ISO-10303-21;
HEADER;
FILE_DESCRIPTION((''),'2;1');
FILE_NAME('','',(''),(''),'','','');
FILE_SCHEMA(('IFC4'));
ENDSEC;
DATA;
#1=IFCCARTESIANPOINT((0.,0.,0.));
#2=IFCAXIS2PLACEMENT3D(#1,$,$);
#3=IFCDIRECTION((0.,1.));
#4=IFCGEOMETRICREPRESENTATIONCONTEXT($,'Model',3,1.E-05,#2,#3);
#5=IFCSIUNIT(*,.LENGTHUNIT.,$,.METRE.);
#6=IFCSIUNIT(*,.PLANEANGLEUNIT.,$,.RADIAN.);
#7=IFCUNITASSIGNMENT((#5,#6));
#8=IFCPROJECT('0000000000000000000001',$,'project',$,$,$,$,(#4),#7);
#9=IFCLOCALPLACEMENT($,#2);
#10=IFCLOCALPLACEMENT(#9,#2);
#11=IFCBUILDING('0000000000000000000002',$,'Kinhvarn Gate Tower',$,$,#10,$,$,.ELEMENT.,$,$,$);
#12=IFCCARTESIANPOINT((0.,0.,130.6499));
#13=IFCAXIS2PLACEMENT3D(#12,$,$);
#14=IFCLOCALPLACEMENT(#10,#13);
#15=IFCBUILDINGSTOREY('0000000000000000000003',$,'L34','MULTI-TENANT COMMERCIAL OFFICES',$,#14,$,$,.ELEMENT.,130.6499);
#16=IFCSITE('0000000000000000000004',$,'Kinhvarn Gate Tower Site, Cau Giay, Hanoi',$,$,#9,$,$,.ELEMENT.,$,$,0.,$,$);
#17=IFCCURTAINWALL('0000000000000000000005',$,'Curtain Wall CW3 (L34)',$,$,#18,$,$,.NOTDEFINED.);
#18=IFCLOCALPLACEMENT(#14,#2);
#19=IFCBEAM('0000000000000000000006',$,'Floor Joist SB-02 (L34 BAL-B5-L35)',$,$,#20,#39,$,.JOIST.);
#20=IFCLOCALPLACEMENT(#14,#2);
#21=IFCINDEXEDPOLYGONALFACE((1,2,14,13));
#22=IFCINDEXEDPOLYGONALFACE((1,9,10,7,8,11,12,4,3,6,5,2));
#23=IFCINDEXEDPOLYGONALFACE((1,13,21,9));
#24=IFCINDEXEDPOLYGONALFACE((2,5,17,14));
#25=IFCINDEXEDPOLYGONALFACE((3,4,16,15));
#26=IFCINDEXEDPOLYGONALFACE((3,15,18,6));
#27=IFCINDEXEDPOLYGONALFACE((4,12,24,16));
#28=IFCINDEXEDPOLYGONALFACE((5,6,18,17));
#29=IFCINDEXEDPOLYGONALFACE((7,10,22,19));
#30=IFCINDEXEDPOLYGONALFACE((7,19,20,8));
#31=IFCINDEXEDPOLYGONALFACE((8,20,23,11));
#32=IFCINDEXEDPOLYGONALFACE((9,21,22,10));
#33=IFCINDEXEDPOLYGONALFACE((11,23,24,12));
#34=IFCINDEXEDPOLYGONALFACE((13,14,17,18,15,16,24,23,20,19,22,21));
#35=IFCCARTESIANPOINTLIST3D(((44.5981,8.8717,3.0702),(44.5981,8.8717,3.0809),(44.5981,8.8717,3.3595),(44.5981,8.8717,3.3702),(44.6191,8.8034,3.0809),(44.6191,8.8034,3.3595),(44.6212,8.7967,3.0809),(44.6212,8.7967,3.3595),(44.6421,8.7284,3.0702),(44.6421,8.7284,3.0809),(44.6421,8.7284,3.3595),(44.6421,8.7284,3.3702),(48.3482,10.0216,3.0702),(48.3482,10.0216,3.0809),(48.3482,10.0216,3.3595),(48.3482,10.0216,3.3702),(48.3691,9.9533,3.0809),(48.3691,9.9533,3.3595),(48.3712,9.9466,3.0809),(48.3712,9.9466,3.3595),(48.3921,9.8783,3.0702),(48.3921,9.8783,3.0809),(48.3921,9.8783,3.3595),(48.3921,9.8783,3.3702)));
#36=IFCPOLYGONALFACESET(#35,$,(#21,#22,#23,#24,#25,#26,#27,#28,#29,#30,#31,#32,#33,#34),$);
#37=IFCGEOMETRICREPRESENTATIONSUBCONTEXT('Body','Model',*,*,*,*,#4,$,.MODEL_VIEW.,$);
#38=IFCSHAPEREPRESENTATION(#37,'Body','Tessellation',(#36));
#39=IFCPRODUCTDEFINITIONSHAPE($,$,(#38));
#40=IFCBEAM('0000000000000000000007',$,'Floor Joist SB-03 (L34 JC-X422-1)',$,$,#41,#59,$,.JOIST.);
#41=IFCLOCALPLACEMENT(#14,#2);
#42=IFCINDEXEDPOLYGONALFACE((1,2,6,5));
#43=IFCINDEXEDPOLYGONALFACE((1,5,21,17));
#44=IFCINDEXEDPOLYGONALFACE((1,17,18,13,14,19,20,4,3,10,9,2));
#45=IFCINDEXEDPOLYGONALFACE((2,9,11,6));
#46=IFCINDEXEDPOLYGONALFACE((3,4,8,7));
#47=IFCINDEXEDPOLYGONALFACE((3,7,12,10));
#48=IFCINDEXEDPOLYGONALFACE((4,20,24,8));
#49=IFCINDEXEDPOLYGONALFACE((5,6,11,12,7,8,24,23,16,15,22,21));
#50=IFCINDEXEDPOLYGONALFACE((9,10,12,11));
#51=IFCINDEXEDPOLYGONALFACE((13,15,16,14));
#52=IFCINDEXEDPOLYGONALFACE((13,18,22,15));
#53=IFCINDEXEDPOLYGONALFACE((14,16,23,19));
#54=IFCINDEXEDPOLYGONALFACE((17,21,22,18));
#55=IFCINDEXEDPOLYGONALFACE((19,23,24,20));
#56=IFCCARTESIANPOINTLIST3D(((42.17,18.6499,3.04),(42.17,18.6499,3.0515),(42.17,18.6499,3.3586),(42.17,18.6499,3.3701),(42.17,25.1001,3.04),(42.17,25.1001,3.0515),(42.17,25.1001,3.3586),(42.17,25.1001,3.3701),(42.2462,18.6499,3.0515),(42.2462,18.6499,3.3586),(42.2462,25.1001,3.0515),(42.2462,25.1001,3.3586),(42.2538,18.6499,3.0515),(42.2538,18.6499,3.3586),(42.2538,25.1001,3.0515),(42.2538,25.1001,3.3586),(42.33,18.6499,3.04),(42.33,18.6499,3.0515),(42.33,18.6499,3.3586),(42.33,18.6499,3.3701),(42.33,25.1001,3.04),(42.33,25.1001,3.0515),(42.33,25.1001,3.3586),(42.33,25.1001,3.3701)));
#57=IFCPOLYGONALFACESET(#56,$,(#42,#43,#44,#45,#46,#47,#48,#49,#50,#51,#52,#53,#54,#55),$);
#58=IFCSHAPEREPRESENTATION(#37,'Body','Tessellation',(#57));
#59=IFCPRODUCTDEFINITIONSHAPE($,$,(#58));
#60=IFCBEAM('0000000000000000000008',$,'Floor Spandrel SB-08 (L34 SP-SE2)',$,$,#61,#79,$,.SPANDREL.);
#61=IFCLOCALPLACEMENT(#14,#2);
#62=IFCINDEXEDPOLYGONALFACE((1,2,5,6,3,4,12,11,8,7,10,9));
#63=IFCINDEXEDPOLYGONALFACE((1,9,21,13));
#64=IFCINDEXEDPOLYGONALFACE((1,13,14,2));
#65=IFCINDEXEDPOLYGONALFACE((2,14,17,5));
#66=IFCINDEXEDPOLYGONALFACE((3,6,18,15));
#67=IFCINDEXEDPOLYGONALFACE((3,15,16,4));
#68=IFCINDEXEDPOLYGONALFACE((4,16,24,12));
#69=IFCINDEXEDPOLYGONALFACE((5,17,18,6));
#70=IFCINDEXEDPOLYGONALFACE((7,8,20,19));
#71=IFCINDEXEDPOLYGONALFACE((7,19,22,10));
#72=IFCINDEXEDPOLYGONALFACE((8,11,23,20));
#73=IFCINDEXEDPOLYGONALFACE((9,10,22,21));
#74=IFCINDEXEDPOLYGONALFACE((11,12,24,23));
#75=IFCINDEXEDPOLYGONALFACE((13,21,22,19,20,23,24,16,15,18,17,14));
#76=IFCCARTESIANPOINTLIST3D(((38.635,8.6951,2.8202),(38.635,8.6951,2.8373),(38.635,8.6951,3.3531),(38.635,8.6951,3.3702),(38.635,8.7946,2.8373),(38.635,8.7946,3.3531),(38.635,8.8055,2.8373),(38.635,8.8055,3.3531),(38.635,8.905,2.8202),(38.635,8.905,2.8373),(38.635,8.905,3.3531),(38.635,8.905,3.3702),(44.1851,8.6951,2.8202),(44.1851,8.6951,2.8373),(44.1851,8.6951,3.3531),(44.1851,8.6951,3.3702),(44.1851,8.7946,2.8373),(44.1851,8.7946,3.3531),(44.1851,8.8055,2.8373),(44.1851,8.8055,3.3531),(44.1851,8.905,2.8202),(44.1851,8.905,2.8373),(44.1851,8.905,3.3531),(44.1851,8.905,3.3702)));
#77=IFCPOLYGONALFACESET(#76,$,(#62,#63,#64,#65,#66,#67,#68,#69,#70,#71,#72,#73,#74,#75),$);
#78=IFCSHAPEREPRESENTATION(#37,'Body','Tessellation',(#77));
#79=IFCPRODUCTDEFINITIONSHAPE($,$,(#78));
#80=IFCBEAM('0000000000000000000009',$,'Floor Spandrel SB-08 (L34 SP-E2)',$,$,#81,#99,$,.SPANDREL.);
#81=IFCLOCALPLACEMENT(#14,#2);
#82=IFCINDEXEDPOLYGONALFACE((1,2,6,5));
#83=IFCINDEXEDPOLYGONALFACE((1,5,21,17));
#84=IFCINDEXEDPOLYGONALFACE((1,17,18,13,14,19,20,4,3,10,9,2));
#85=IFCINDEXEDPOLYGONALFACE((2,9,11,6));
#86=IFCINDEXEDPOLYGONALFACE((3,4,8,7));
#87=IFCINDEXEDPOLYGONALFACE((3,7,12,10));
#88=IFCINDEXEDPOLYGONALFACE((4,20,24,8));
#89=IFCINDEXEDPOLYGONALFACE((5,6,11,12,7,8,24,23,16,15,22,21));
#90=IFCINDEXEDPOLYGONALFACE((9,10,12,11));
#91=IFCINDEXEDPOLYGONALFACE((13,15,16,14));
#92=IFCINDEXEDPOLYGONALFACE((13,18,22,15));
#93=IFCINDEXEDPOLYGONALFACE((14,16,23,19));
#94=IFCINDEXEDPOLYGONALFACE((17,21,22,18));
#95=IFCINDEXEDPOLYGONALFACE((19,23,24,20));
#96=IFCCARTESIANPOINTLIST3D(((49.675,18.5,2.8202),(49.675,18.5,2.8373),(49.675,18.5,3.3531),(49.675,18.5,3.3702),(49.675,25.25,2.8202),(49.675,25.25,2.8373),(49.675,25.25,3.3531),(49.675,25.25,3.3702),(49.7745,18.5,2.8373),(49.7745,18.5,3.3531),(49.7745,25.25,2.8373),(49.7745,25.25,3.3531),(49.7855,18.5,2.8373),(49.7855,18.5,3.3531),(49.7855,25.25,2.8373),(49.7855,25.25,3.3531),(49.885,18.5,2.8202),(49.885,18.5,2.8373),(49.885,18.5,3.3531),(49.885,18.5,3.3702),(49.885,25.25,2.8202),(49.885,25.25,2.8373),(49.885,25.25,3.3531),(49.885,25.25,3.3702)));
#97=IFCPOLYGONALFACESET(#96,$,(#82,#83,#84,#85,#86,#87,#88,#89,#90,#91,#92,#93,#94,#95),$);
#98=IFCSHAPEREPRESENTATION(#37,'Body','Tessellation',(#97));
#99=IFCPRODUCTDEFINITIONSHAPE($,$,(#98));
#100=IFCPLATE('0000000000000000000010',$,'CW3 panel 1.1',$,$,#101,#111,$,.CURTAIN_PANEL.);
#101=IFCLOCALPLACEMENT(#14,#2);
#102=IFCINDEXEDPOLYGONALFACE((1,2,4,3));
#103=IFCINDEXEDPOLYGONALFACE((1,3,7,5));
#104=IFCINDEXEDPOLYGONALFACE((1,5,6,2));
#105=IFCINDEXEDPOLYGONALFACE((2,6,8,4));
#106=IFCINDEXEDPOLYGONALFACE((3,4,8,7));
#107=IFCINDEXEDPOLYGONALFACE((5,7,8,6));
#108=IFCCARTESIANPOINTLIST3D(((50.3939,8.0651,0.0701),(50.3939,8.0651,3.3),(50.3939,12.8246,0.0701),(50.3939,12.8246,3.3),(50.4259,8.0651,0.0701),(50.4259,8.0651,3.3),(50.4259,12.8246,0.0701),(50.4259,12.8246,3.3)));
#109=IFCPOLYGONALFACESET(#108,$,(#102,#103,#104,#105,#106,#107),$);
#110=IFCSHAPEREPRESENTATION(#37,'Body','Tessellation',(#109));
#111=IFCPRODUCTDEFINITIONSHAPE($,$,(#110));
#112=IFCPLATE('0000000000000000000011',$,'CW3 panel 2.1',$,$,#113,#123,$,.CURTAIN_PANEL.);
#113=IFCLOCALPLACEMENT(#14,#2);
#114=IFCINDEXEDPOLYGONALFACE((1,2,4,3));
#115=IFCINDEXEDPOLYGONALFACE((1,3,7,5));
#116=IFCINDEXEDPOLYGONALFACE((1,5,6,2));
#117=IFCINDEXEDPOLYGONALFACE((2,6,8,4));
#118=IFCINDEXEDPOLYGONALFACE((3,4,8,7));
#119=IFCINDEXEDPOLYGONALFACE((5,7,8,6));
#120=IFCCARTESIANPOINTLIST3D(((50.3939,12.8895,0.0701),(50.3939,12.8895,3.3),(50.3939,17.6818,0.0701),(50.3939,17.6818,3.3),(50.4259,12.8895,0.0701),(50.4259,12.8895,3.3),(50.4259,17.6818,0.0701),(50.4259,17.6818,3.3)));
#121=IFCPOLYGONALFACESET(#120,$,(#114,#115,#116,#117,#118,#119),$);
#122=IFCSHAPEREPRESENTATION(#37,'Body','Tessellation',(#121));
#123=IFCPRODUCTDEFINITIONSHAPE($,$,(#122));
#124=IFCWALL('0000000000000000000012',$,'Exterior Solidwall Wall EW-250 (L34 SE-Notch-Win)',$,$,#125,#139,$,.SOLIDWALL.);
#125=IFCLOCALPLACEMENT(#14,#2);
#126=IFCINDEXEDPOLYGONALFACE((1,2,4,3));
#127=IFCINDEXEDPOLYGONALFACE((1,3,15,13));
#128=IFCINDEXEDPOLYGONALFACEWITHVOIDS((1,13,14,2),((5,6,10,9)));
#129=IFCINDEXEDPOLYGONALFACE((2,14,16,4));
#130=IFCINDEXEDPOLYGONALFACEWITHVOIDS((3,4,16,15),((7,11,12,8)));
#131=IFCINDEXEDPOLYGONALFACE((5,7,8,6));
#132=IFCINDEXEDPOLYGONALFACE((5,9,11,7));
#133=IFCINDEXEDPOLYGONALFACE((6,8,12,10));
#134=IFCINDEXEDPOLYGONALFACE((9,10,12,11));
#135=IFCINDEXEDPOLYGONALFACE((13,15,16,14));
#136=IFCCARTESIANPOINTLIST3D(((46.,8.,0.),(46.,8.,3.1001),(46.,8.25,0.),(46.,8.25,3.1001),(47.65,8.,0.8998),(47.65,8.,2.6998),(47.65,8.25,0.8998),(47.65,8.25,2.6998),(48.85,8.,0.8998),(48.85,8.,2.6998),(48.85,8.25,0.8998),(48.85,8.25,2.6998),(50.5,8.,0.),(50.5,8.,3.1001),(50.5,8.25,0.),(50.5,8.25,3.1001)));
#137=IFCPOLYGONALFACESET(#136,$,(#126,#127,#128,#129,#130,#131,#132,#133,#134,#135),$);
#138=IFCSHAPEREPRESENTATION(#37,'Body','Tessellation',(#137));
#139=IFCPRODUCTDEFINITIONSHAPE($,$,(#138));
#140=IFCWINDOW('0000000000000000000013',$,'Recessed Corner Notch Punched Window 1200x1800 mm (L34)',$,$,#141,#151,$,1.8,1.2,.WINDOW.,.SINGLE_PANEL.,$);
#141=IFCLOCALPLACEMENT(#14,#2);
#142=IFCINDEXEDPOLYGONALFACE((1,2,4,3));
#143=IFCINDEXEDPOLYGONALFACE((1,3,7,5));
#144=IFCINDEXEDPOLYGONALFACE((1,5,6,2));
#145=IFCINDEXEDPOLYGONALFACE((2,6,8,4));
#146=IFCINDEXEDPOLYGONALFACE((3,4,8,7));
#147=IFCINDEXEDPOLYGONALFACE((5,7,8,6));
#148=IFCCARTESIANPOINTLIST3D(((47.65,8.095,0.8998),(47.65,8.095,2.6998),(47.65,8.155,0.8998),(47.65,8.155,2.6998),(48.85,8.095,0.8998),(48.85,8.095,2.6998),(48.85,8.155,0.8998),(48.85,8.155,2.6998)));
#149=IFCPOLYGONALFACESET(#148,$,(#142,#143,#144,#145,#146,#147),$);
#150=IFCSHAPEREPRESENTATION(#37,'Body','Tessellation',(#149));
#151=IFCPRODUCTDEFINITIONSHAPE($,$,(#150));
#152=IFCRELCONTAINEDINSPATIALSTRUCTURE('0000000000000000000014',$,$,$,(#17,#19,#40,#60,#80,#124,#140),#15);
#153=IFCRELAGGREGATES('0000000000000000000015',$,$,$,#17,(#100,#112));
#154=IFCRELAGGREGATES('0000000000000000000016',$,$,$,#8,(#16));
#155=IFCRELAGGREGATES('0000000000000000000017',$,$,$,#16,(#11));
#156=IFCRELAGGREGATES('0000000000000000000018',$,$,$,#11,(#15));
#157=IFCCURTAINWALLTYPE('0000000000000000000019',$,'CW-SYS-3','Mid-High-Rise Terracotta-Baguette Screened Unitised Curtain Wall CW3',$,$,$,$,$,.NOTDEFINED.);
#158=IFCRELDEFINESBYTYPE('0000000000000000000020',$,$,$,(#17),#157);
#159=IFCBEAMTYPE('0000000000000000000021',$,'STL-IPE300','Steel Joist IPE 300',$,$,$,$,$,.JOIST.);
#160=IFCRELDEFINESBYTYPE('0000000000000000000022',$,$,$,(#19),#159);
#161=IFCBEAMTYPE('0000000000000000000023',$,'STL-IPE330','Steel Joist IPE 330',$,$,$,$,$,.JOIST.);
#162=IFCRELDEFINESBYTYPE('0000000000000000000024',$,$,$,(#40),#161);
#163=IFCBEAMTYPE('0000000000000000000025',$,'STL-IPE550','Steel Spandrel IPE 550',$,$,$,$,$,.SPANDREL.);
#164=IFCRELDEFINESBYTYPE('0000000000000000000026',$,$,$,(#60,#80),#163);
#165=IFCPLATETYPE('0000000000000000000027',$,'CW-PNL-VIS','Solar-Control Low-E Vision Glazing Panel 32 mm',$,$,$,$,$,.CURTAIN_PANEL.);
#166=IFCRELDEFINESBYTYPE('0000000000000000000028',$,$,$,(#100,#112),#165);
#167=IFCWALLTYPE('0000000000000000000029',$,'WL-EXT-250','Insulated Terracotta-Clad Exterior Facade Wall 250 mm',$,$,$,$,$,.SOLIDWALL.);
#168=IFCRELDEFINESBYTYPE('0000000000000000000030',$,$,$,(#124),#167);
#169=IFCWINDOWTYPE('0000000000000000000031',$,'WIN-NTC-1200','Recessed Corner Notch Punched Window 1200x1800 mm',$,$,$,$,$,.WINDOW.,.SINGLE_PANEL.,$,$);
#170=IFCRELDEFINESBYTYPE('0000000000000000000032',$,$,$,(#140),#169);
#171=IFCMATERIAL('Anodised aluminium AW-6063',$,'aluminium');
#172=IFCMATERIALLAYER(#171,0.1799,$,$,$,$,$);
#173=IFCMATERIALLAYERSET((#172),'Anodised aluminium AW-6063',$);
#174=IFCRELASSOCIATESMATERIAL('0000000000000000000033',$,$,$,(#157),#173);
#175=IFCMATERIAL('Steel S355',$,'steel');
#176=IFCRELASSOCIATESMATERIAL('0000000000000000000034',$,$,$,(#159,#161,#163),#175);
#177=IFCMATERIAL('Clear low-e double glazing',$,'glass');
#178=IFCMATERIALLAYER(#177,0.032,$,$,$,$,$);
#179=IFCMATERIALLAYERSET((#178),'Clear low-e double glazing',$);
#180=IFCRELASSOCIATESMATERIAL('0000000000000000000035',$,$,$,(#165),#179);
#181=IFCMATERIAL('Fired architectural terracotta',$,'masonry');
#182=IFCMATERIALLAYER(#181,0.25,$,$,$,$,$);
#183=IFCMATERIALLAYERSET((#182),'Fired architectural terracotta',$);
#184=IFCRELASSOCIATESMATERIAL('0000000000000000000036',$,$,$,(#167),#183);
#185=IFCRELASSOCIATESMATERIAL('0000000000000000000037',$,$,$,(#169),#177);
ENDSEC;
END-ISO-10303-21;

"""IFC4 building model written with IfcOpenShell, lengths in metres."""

from ifc_helpers import new_model, si_unit, direction, frame, frame_2d, origin, origin_2d, place, context, subcontext, project, spatial, rectangle, i_section, extrude, material, layer, layer_set, material_profile, profile_set, type_object, element, fill, aggregate, save


model = new_model("IFC4")

# Units and contexts
model_context = context("Model", 3, precision=1e-05, world=origin(), true_north=direction((0.0, 1.0)))
body_context = subcontext(model_context, "Body", "Model", "MODEL_VIEW")
ifc_project = project(units=[si_unit("LENGTHUNIT", "METRE"), si_unit("PLANEANGLEUNIT", "RADIAN")], contexts=[model_context])

# Site, building, storey
site_placement = place(None, origin())
site = spatial("IfcSite", under=ifc_project, at=site_placement, Name="Kinhvarn Gate Tower Site, Cau Giay, Hanoi", CompositionType="ELEMENT", RefElevation=0.0)
building_placement = place(site_placement, origin())
building = spatial("IfcBuilding", under=site, at=building_placement, Name="Kinhvarn Gate Tower", CompositionType="ELEMENT")
storey_placement = place(building_placement, frame((0.0, 0.0, 130.6499)))
storey = spatial("IfcBuildingStorey", under=building, at=storey_placement, Name="L34", Description="MULTI-TENANT COMMERCIAL OFFICES", CompositionType="ELEMENT", Elevation=130.6499)

# Curtain wall
ifc_material_1 = material(Name="Anodised aluminium AW-6063", Category="aluminium")
ifc_layer_1 = layer(ifc_material_1, 0.1799)
ifc_layer_set_1 = layer_set([ifc_layer_1], Name="Anodised aluminium AW-6063")
curtain_wall_type = type_object("IfcCurtainWallType", Name="CW-SYS-3", Description="Mid-High-Rise Terracotta-Baguette Screened Unitised Curtain Wall CW3", PredefinedType="NOTDEFINED", material=ifc_layer_set_1)
curtain_wall_placement = place(storey_placement, origin())
curtain_wall = element("IfcCurtainWall", 1, at=curtain_wall_placement, inside=storey, type_object=curtain_wall_type, Name="Curtain Wall CW3 (L34)", PredefinedType="NOTDEFINED")

# Beams
ifc_material_2 = material(Name="Steel S355", Category="steel")
ifc_material_profile_1 = material_profile(ifc_material_2, i_section(OverallWidth=0.1499, OverallDepth=0.3, WebThickness=0.0071, FlangeThickness=0.0107, at=origin_2d()), Name="IPE 300")
ifc_profile_set_1 = profile_set([ifc_material_profile_1], Name="Steel S355")
beam_type_1 = type_object("IfcBeamType", Name="STL-IPE300", Description="Steel Joist IPE 300", PredefinedType="JOIST", material=ifc_profile_set_1)
beam_1_placement = place(storey_placement, frame((44.6201, 8.8, 3.2202), z_axis=(0.956061, 0.293167, 0.0), x_axis=(-0.293167, 0.956061, 0.0)))
element("IfcBeam", 2, at=beam_1_placement, inside=storey, type_object=beam_type_1, Name="Floor Joist SB-02 (L34 BAL-B5-L35)", PredefinedType="JOIST", context=body_context, shape_type="SweptSolid", body=[
    extrude(i_section(OverallWidth=0.1499, OverallDepth=0.3, WebThickness=0.0071, FlangeThickness=0.0107, at=origin_2d()), origin(), (0.0, 0.0, 1.0), 3.9224),
])
ifc_material_profile_2 = material_profile(ifc_material_2, i_section(OverallWidth=0.1599, OverallDepth=0.3301, WebThickness=0.0076, FlangeThickness=0.0115, at=origin_2d()), Name="IPE 330")
ifc_profile_set_2 = profile_set([ifc_material_profile_2], Name="Steel S355")
beam_type_2 = type_object("IfcBeamType", Name="STL-IPE330", Description="Steel Joist IPE 330", PredefinedType="JOIST", material=ifc_profile_set_2)
beam_2_placement = place(storey_placement, frame((42.25, 18.6499, 3.2051), z_axis=(0.0, 1.0, 0.0), x_axis=(-1.0, 0.0, 0.0)))
element("IfcBeam", 3, at=beam_2_placement, inside=storey, type_object=beam_type_2, Name="Floor Joist SB-03 (L34 JC-X422-1)", PredefinedType="JOIST", context=body_context, shape_type="SweptSolid", body=[
    extrude(i_section(OverallWidth=0.1599, OverallDepth=0.3301, WebThickness=0.0076, FlangeThickness=0.0115, at=origin_2d()), origin(), (0.0, 0.0, 1.0), 6.4502),
])
ifc_material_profile_3 = material_profile(ifc_material_2, i_section(OverallWidth=0.21, OverallDepth=0.55, WebThickness=0.011, FlangeThickness=0.0171, at=origin_2d()), Name="IPE 550")
ifc_profile_set_3 = profile_set([ifc_material_profile_3], Name="Steel S355")
beam_type_3 = type_object("IfcBeamType", Name="STL-IPE550", Description="Steel Spandrel IPE 550", PredefinedType="SPANDREL", material=ifc_profile_set_3)
beam_3_placement = place(storey_placement, frame((38.635, 8.8, 3.0952), z_axis=(1.0, 0.0, 0.0), x_axis=(0.0, 1.0, 0.0)))
element("IfcBeam", 4, at=beam_3_placement, inside=storey, type_object=beam_type_3, Name="Floor Spandrel SB-08 (L34 SP-SE2)", PredefinedType="SPANDREL", context=body_context, shape_type="SweptSolid", body=[
    extrude(i_section(OverallWidth=0.21, OverallDepth=0.55, WebThickness=0.011, FlangeThickness=0.0171, at=origin_2d()), origin(), (0.0, 0.0, 1.0), 5.55),
])
beam_4_placement = place(storey_placement, frame((49.78, 18.5, 3.0952), z_axis=(0.0, 1.0, 0.0), x_axis=(-1.0, 0.0, 0.0)))
element("IfcBeam", 5, at=beam_4_placement, inside=storey, type_object=beam_type_3, Name="Floor Spandrel SB-08 (L34 SP-E2)", PredefinedType="SPANDREL", context=body_context, shape_type="SweptSolid", body=[
    extrude(i_section(OverallWidth=0.21, OverallDepth=0.55, WebThickness=0.011, FlangeThickness=0.0171, at=origin_2d()), origin(), (0.0, 0.0, 1.0), 6.75),
])

# Plates
ifc_material_3 = material(Name="Clear low-e double glazing", Category="glass")
ifc_layer_2 = layer(ifc_material_3, 0.032)
ifc_layer_set_2 = layer_set([ifc_layer_2], Name="Clear low-e double glazing")
plate_type = type_object("IfcPlateType", Name="CW-PNL-VIS", Description="Solar-Control Low-E Vision Glazing Panel 32 mm", PredefinedType="CURTAIN_PANEL", material=ifc_layer_set_2)
plate_1_placement = place(storey_placement, frame((50.4099, 10.4448, 0.0701), z_axis=(0.0, 0.0, 1.0), x_axis=(0.0, 1.0, 0.0)))
plate_1 = element("IfcPlate", 6, at=plate_1_placement, type_object=plate_type, Name="CW3 panel 1.1", PredefinedType="CURTAIN_PANEL", context=body_context, shape_type="SweptSolid", body=[
    extrude(rectangle(XDim=4.7595, YDim=0.032, at=origin_2d()), origin(), (0.0, 0.0, 1.0), 3.23),
])
plate_2_placement = place(storey_placement, frame((50.4099, 15.2856, 0.0701), z_axis=(0.0, 0.0, 1.0), x_axis=(0.0, 1.0, 0.0)))
plate_2 = element("IfcPlate", 7, at=plate_2_placement, type_object=plate_type, Name="CW3 panel 2.1", PredefinedType="CURTAIN_PANEL", context=body_context, shape_type="SweptSolid", body=[
    extrude(rectangle(XDim=4.7922, YDim=0.032, at=origin_2d()), origin(), (0.0, 0.0, 1.0), 3.23),
])
aggregate(curtain_wall, [plate_1, plate_2])

# Wall, opening, window
ifc_material_4 = material(Name="Fired architectural terracotta", Category="masonry")
ifc_layer_3 = layer(ifc_material_4, 0.25)
ifc_layer_set_3 = layer_set([ifc_layer_3], Name="Fired architectural terracotta")
wall_type = type_object("IfcWallType", Name="WL-EXT-250", Description="Insulated Terracotta-Clad Exterior Facade Wall 250 mm", PredefinedType="SOLIDWALL", material=ifc_layer_set_3)
wall_placement = place(storey_placement, frame((46.0, 8.125, 0.0), z_axis=(0.0, 0.0, 1.0), x_axis=(1.0, 0.0, 0.0)))
wall = element("IfcWall", 8, at=wall_placement, inside=storey, type_object=wall_type, Name="Exterior Solidwall Wall EW-250 (L34 SE-Notch-Win)", PredefinedType="SOLIDWALL", context=body_context, shape_type="SweptSolid", body=[
    extrude(rectangle(XDim=4.5, YDim=0.25, at=frame_2d((2.25, 0.0))), origin(), (0.0, 0.0, 1.0), 3.1001),
])
opening_placement = place(wall_placement, frame((1.6499, 0.0, 0.8999)))
opening = element("IfcOpeningElement", 9, at=opening_placement, cuts=wall, PredefinedType="OPENING", context=body_context, shape_type="SweptSolid", body=[
    extrude(rectangle(XDim=1.2, YDim=1.8, at=frame_2d((0.6001, 0.8999))), frame((0.0, 0.135, 0.0), z_axis=(0.0, -1.0, 0.0), x_axis=(1.0, 0.0, 0.0)), (0.0, 0.0, 1.0), 0.27),
])
window_type = type_object("IfcWindowType", Name="WIN-NTC-1200", Description="Recessed Corner Notch Punched Window 1200x1800 mm", PartitioningType="SINGLE_PANEL", PredefinedType="WINDOW", material=ifc_material_3)
window_placement = place(opening_placement, origin())
window = element("IfcWindow", 10, at=window_placement, inside=storey, type_object=window_type, Name="Recessed Corner Notch Punched Window 1200x1800 mm (L34)", OverallHeight=1.8, OverallWidth=1.2, PartitioningType="SINGLE_PANEL", PredefinedType="WINDOW", context=body_context, shape_type="SweptSolid", body=[
    extrude(rectangle(XDim=1.2, YDim=1.8, at=frame_2d((0.6001, 0.8999))), frame((0.0, 0.03, 0.0), z_axis=(0.0, -1.0, 0.0), x_axis=(1.0, 0.0, 0.0)), (0.0, 0.0, 1.0), 0.0601),
])
fill(opening, window)

save(model, "model.ifc")
